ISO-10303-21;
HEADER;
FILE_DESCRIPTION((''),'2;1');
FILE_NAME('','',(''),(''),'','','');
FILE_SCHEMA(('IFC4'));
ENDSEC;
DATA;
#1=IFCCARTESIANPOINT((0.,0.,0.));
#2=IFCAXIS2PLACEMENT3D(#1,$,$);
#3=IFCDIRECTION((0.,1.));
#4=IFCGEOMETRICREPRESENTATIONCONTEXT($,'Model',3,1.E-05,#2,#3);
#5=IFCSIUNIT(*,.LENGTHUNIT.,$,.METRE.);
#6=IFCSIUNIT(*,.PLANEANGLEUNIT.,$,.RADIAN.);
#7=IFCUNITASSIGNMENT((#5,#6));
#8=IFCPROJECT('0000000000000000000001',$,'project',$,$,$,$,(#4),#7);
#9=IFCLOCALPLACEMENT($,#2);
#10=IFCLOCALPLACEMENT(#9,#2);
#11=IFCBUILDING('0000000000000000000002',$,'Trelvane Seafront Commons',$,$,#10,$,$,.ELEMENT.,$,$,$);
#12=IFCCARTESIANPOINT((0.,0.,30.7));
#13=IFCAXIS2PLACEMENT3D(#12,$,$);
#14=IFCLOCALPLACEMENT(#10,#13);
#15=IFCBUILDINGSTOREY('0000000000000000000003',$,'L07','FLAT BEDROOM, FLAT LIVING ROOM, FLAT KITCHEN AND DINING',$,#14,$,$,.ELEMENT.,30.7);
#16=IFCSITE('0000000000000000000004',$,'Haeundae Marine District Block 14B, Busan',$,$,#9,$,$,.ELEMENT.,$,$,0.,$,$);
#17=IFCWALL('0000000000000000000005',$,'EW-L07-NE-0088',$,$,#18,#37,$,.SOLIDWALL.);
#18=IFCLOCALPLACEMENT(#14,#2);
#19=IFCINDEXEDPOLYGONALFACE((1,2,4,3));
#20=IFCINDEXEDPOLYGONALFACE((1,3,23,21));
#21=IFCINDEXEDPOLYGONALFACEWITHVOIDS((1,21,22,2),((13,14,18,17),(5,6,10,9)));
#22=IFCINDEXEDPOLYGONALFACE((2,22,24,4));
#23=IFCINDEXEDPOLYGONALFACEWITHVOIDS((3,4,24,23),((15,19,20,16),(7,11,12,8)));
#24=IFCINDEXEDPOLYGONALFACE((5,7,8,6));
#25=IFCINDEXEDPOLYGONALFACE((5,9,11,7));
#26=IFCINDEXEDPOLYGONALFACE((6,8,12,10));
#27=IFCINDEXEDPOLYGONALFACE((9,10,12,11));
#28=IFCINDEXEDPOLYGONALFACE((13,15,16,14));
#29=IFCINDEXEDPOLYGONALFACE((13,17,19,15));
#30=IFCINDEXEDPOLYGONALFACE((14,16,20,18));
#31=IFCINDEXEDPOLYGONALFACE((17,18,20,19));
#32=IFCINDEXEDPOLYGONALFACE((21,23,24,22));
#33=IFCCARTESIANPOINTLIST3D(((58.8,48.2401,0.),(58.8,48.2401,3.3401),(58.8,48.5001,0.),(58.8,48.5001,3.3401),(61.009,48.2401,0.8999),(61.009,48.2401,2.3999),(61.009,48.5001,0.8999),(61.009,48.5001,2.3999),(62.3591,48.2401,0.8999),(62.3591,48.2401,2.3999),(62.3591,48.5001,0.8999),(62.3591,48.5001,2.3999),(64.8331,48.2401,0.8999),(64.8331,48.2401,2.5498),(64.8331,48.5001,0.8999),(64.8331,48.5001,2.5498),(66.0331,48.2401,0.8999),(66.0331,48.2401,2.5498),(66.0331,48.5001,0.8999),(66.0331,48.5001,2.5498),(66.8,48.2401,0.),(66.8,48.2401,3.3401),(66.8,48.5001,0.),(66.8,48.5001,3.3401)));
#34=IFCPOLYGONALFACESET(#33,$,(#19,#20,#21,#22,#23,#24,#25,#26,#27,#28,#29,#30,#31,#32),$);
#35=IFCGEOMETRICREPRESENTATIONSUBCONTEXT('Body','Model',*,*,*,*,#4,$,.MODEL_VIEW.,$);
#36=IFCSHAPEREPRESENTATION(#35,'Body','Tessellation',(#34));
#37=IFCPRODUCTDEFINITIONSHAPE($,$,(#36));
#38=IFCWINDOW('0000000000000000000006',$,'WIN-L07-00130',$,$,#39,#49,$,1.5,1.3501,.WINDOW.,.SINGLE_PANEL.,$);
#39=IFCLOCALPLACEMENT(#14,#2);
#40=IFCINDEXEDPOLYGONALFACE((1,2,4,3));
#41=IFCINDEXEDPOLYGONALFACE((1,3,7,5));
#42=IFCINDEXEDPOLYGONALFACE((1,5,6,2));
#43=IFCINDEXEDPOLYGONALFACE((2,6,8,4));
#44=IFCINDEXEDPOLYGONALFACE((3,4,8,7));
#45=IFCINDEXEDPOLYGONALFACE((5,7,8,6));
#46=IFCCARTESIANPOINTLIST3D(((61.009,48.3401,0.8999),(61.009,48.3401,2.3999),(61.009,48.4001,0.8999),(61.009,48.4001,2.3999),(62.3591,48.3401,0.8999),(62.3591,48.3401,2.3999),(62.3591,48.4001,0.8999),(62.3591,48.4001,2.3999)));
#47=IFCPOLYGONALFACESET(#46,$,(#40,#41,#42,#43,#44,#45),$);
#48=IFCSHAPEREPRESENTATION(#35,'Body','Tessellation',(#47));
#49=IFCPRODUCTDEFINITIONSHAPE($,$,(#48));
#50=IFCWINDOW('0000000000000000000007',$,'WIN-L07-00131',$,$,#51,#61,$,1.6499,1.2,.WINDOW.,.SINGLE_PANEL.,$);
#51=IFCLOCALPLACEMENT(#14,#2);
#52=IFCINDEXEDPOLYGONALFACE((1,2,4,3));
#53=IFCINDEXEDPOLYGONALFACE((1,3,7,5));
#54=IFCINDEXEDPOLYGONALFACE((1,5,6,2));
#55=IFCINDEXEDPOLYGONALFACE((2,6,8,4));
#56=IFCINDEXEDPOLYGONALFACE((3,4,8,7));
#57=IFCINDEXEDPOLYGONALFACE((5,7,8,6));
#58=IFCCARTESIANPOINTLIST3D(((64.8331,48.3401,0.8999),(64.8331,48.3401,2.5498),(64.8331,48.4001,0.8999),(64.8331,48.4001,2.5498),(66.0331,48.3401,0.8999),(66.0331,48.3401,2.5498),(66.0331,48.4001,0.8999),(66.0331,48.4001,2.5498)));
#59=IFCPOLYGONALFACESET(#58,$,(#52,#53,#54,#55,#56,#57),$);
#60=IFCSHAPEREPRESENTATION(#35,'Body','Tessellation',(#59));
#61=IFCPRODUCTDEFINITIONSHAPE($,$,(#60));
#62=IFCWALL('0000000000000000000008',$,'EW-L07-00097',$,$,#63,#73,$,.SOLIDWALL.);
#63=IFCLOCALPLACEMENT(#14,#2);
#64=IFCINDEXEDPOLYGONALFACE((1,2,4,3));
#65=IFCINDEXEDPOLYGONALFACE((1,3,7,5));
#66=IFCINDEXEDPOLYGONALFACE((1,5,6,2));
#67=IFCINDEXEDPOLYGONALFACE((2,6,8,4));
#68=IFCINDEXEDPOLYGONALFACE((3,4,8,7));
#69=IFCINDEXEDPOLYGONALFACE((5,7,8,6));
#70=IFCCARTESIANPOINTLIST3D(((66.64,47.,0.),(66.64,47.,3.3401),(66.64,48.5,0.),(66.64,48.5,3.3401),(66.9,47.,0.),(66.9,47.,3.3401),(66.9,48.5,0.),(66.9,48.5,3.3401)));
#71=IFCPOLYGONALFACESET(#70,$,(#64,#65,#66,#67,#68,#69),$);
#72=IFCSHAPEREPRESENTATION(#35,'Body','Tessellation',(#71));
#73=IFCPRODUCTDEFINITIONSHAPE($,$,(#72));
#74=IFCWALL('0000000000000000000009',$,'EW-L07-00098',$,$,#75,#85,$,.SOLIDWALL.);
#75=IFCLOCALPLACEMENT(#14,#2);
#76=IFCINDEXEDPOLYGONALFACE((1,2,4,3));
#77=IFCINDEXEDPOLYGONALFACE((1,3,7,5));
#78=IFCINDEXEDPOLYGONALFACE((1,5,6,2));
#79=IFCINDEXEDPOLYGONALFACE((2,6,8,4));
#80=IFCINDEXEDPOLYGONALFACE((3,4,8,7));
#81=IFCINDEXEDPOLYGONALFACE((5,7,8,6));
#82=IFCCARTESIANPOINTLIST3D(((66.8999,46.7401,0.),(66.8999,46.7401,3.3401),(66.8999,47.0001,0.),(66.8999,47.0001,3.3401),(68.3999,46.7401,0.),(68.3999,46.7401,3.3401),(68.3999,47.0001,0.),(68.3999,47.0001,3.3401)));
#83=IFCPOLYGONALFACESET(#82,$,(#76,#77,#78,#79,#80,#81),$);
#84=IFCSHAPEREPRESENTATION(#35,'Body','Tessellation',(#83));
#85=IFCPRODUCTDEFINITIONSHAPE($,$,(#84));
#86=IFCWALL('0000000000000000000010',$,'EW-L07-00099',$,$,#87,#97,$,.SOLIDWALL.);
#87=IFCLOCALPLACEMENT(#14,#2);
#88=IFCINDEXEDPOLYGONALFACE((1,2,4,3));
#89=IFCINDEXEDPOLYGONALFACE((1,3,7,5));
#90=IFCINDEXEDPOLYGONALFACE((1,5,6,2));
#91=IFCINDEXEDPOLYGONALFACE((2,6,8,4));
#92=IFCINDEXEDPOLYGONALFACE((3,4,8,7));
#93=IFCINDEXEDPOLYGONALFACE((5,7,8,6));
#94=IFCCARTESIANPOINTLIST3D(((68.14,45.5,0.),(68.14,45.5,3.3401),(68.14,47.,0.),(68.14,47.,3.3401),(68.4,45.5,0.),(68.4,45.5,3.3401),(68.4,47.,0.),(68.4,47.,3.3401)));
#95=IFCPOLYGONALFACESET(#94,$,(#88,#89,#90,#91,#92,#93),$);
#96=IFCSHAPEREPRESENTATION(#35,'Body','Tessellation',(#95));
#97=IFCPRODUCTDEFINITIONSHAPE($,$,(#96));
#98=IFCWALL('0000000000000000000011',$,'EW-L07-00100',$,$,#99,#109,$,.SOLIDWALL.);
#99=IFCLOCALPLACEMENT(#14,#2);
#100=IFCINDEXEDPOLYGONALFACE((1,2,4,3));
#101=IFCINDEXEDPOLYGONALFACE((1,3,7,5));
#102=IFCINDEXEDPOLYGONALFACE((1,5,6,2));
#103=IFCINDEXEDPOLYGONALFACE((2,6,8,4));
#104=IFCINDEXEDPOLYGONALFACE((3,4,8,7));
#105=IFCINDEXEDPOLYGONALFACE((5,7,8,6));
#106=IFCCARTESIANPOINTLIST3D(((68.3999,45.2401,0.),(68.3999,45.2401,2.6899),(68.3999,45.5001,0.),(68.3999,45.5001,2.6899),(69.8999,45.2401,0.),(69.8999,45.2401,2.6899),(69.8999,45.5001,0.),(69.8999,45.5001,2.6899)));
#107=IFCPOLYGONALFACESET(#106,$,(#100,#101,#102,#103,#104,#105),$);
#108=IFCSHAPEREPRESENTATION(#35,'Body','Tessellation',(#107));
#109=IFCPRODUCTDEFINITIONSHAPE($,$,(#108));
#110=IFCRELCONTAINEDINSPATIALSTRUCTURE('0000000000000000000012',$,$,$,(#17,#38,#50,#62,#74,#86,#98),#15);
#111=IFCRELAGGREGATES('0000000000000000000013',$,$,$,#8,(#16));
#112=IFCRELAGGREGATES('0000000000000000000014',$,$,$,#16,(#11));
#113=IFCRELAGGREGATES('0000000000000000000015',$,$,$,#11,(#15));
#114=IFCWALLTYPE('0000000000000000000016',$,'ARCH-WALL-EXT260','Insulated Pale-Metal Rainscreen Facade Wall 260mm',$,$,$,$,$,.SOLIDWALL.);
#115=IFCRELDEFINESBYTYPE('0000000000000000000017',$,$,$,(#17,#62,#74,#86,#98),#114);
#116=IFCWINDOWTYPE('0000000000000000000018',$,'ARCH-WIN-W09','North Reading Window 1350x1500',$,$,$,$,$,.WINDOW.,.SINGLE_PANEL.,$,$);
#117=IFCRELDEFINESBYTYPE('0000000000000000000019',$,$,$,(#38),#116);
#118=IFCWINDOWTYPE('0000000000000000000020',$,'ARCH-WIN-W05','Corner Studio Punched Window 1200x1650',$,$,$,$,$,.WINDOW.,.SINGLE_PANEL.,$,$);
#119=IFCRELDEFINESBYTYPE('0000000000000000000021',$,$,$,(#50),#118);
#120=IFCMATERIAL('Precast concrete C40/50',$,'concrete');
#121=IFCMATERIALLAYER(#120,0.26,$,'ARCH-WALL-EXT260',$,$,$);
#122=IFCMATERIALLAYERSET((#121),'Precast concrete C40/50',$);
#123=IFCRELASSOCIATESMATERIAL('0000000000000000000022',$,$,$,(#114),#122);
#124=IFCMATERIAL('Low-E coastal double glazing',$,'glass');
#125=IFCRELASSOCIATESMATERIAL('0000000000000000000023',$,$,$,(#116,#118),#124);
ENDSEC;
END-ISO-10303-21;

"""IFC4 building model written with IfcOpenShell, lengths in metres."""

from ifc_helpers import new_model, si_unit, direction, frame, frame_2d, origin, place, context, subcontext, project, spatial, rectangle, extrude, source, transform, mapped, material, layer, layer_set, type_object, element, fill, save


model = new_model("IFC4")

# Units and contexts
model_context = context("Model", 3, precision=1e-05, world=origin(), true_north=direction((0.0, 1.0)))
body_context = subcontext(model_context, "Body", "Model", "MODEL_VIEW")
ifc_project = project(units=[si_unit("LENGTHUNIT", "METRE"), si_unit("PLANEANGLEUNIT", "RADIAN")], contexts=[model_context])

# Site, building, storey
site_placement = place(None, origin())
site = spatial("IfcSite", under=ifc_project, at=site_placement, Name="Haeundae Marine District Block 14B, Busan", CompositionType="ELEMENT", RefElevation=0.0)
building_placement = place(site_placement, origin())
building = spatial("IfcBuilding", under=site, at=building_placement, Name="Trelvane Seafront Commons", CompositionType="ELEMENT")
storey_placement = place(building_placement, frame((0.0, 0.0, 30.7)))
storey = spatial("IfcBuildingStorey", under=building, at=storey_placement, Name="L07", Description="FLAT BEDROOM, FLAT LIVING ROOM, FLAT KITCHEN AND DINING", CompositionType="ELEMENT", Elevation=30.7)

# Shared definitions
ifc_material_1 = material(Name="Low-E coastal double glazing", Category="glass")

# Wall, openings, windows
ifc_material_2 = material(Name="Precast concrete C40/50", Category="concrete")
ifc_layer_1 = layer(ifc_material_2, 0.26, Name="ARCH-WALL-EXT260")
ifc_layer_set_1 = layer_set([ifc_layer_1], Name="Precast concrete C40/50")
wall_type = type_object("IfcWallType", Name="ARCH-WALL-EXT260", Description="Insulated Pale-Metal Rainscreen Facade Wall 260mm", PredefinedType="SOLIDWALL", material=ifc_layer_set_1)
wall_1_placement = place(storey_placement, frame((58.8, 48.3701, 0.0), z_axis=(0.0, 0.0, 1.0), x_axis=(1.0, 0.0, 0.0)))
wall_1 = element("IfcWall", 1, at=wall_1_placement, inside=storey, type_object=wall_type, Name="EW-L07-NE-0088", PredefinedType="SOLIDWALL", context=body_context, shape_type="SweptSolid", body=[
    extrude(rectangle(XDim=8.0, YDim=0.26, at=frame_2d((4.0, 0.0))), origin(), (0.0, 0.0, 1.0), 3.3401),
])
opening_1_placement = place(wall_1_placement, frame((2.209, 0.0, 0.8999)))
opening_1 = element("IfcOpeningElement", 2, at=opening_1_placement, cuts=wall_1, PredefinedType="OPENING", context=body_context, shape_type="SweptSolid", body=[
    extrude(rectangle(XDim=1.3501, YDim=1.5, at=frame_2d((0.675, 0.75))), frame((0.0, 0.1399, 0.0), z_axis=(0.0, -1.0, 0.0), x_axis=(1.0, 0.0, 0.0)), (0.0, 0.0, 1.0), 0.28),
])
opening_2_placement = place(wall_1_placement, frame((6.033, 0.0, 0.8999)))
opening_2 = element("IfcOpeningElement", 3, at=opening_2_placement, cuts=wall_1, PredefinedType="OPENING", context=body_context, shape_type="SweptSolid", body=[
    extrude(rectangle(XDim=1.2, YDim=1.6499, at=frame_2d((0.6001, 0.825))), frame((0.0, 0.1399, 0.0), z_axis=(0.0, -1.0, 0.0), x_axis=(1.0, 0.0, 0.0)), (0.0, 0.0, 1.0), 0.28),
])
window_type_1 = type_object("IfcWindowType", Name="ARCH-WIN-W09", Description="North Reading Window 1350x1500", PartitioningType="SINGLE_PANEL", PredefinedType="WINDOW", material=ifc_material_1)
shared_shape_1 = source(origin(), body_context, "Body", "SweptSolid", [
    extrude(rectangle(XDim=1.3501, YDim=1.5, at=frame_2d((0.675, 0.75))), frame((0.0, 0.03, 0.0), z_axis=(0.0, -1.0, 0.0), x_axis=(1.0, 0.0, 0.0)), (0.0, 0.0, 1.0), 0.0601),
])
window_1_placement = place(opening_1_placement, origin())
window_1 = element("IfcWindow", 4, at=window_1_placement, inside=storey, type_object=window_type_1, Name="WIN-L07-00130", OverallHeight=1.5, OverallWidth=1.3501, PartitioningType="SINGLE_PANEL", PredefinedType="WINDOW", context=body_context, shape_type="MappedRepresentation", body=[
    mapped(shared_shape_1, transform((0.0, 0.0, 0.0), x_axis=(1.0, 0.0, 0.0), y_axis=(0.0, 1.0, 0.0), z_axis=(0.0, 0.0, 1.0), scale=1.0)),
])
fill(opening_1, window_1)
window_type_2 = type_object("IfcWindowType", Name="ARCH-WIN-W05", Description="Corner Studio Punched Window 1200x1650", PartitioningType="SINGLE_PANEL", PredefinedType="WINDOW", material=ifc_material_1)
shared_shape_2 = source(origin(), body_context, "Body", "SweptSolid", [
    extrude(rectangle(XDim=1.2, YDim=1.6499, at=frame_2d((0.6001, 0.825))), frame((0.0, 0.03, 0.0), z_axis=(0.0, -1.0, 0.0), x_axis=(1.0, 0.0, 0.0)), (0.0, 0.0, 1.0), 0.0601),
])
window_2_placement = place(opening_2_placement, origin())
window_2 = element("IfcWindow", 5, at=window_2_placement, inside=storey, type_object=window_type_2, Name="WIN-L07-00131", OverallHeight=1.6499, OverallWidth=1.2, PartitioningType="SINGLE_PANEL", PredefinedType="WINDOW", context=body_context, shape_type="MappedRepresentation", body=[
    mapped(shared_shape_2, transform((0.0, 0.0, 0.0), x_axis=(1.0, 0.0, 0.0), y_axis=(0.0, 1.0, 0.0), z_axis=(0.0, 0.0, 1.0), scale=1.0)),
])
fill(opening_2, window_2)

# Walls
for number, where, z_axis, x_axis, name in (
    (6, (66.77, 48.5, 0.0), (0.0, 0.0, 1.0), (0.0, -1.0, 0.0), "EW-L07-00097"),
    (7, (66.8999, 46.8701, 0.0), (0.0, 0.0, 1.0), (1.0, 0.0, 0.0), "EW-L07-00098"),
    (8, (68.27, 47.0, 0.0), (0.0, 0.0, 1.0), (0.0, -1.0, 0.0), "EW-L07-00099"),
):
    element("IfcWall", number, at=place(storey_placement, frame(where, z_axis=z_axis, x_axis=x_axis)), inside=storey, type_object=wall_type, Name=name, PredefinedType="SOLIDWALL", context=body_context, shape_type="SweptSolid", body=[
        extrude(rectangle(XDim=1.5, YDim=0.26, at=frame_2d((0.75, 0.0))), origin(), (0.0, 0.0, 1.0), 3.3401),
    ])
wall_2_placement = place(storey_placement, frame((68.3999, 45.3701, 0.0), z_axis=(0.0, 0.0, 1.0), x_axis=(1.0, 0.0, 0.0)))
element("IfcWall", 9, at=wall_2_placement, inside=storey, type_object=wall_type, Name="EW-L07-00100", PredefinedType="SOLIDWALL", context=body_context, shape_type="SweptSolid", body=[
    extrude(rectangle(XDim=1.5, YDim=0.26, at=frame_2d((0.75, 0.0))), origin(), (0.0, 0.0, 1.0), 2.6899),
])

save(model, "model.ifc")
